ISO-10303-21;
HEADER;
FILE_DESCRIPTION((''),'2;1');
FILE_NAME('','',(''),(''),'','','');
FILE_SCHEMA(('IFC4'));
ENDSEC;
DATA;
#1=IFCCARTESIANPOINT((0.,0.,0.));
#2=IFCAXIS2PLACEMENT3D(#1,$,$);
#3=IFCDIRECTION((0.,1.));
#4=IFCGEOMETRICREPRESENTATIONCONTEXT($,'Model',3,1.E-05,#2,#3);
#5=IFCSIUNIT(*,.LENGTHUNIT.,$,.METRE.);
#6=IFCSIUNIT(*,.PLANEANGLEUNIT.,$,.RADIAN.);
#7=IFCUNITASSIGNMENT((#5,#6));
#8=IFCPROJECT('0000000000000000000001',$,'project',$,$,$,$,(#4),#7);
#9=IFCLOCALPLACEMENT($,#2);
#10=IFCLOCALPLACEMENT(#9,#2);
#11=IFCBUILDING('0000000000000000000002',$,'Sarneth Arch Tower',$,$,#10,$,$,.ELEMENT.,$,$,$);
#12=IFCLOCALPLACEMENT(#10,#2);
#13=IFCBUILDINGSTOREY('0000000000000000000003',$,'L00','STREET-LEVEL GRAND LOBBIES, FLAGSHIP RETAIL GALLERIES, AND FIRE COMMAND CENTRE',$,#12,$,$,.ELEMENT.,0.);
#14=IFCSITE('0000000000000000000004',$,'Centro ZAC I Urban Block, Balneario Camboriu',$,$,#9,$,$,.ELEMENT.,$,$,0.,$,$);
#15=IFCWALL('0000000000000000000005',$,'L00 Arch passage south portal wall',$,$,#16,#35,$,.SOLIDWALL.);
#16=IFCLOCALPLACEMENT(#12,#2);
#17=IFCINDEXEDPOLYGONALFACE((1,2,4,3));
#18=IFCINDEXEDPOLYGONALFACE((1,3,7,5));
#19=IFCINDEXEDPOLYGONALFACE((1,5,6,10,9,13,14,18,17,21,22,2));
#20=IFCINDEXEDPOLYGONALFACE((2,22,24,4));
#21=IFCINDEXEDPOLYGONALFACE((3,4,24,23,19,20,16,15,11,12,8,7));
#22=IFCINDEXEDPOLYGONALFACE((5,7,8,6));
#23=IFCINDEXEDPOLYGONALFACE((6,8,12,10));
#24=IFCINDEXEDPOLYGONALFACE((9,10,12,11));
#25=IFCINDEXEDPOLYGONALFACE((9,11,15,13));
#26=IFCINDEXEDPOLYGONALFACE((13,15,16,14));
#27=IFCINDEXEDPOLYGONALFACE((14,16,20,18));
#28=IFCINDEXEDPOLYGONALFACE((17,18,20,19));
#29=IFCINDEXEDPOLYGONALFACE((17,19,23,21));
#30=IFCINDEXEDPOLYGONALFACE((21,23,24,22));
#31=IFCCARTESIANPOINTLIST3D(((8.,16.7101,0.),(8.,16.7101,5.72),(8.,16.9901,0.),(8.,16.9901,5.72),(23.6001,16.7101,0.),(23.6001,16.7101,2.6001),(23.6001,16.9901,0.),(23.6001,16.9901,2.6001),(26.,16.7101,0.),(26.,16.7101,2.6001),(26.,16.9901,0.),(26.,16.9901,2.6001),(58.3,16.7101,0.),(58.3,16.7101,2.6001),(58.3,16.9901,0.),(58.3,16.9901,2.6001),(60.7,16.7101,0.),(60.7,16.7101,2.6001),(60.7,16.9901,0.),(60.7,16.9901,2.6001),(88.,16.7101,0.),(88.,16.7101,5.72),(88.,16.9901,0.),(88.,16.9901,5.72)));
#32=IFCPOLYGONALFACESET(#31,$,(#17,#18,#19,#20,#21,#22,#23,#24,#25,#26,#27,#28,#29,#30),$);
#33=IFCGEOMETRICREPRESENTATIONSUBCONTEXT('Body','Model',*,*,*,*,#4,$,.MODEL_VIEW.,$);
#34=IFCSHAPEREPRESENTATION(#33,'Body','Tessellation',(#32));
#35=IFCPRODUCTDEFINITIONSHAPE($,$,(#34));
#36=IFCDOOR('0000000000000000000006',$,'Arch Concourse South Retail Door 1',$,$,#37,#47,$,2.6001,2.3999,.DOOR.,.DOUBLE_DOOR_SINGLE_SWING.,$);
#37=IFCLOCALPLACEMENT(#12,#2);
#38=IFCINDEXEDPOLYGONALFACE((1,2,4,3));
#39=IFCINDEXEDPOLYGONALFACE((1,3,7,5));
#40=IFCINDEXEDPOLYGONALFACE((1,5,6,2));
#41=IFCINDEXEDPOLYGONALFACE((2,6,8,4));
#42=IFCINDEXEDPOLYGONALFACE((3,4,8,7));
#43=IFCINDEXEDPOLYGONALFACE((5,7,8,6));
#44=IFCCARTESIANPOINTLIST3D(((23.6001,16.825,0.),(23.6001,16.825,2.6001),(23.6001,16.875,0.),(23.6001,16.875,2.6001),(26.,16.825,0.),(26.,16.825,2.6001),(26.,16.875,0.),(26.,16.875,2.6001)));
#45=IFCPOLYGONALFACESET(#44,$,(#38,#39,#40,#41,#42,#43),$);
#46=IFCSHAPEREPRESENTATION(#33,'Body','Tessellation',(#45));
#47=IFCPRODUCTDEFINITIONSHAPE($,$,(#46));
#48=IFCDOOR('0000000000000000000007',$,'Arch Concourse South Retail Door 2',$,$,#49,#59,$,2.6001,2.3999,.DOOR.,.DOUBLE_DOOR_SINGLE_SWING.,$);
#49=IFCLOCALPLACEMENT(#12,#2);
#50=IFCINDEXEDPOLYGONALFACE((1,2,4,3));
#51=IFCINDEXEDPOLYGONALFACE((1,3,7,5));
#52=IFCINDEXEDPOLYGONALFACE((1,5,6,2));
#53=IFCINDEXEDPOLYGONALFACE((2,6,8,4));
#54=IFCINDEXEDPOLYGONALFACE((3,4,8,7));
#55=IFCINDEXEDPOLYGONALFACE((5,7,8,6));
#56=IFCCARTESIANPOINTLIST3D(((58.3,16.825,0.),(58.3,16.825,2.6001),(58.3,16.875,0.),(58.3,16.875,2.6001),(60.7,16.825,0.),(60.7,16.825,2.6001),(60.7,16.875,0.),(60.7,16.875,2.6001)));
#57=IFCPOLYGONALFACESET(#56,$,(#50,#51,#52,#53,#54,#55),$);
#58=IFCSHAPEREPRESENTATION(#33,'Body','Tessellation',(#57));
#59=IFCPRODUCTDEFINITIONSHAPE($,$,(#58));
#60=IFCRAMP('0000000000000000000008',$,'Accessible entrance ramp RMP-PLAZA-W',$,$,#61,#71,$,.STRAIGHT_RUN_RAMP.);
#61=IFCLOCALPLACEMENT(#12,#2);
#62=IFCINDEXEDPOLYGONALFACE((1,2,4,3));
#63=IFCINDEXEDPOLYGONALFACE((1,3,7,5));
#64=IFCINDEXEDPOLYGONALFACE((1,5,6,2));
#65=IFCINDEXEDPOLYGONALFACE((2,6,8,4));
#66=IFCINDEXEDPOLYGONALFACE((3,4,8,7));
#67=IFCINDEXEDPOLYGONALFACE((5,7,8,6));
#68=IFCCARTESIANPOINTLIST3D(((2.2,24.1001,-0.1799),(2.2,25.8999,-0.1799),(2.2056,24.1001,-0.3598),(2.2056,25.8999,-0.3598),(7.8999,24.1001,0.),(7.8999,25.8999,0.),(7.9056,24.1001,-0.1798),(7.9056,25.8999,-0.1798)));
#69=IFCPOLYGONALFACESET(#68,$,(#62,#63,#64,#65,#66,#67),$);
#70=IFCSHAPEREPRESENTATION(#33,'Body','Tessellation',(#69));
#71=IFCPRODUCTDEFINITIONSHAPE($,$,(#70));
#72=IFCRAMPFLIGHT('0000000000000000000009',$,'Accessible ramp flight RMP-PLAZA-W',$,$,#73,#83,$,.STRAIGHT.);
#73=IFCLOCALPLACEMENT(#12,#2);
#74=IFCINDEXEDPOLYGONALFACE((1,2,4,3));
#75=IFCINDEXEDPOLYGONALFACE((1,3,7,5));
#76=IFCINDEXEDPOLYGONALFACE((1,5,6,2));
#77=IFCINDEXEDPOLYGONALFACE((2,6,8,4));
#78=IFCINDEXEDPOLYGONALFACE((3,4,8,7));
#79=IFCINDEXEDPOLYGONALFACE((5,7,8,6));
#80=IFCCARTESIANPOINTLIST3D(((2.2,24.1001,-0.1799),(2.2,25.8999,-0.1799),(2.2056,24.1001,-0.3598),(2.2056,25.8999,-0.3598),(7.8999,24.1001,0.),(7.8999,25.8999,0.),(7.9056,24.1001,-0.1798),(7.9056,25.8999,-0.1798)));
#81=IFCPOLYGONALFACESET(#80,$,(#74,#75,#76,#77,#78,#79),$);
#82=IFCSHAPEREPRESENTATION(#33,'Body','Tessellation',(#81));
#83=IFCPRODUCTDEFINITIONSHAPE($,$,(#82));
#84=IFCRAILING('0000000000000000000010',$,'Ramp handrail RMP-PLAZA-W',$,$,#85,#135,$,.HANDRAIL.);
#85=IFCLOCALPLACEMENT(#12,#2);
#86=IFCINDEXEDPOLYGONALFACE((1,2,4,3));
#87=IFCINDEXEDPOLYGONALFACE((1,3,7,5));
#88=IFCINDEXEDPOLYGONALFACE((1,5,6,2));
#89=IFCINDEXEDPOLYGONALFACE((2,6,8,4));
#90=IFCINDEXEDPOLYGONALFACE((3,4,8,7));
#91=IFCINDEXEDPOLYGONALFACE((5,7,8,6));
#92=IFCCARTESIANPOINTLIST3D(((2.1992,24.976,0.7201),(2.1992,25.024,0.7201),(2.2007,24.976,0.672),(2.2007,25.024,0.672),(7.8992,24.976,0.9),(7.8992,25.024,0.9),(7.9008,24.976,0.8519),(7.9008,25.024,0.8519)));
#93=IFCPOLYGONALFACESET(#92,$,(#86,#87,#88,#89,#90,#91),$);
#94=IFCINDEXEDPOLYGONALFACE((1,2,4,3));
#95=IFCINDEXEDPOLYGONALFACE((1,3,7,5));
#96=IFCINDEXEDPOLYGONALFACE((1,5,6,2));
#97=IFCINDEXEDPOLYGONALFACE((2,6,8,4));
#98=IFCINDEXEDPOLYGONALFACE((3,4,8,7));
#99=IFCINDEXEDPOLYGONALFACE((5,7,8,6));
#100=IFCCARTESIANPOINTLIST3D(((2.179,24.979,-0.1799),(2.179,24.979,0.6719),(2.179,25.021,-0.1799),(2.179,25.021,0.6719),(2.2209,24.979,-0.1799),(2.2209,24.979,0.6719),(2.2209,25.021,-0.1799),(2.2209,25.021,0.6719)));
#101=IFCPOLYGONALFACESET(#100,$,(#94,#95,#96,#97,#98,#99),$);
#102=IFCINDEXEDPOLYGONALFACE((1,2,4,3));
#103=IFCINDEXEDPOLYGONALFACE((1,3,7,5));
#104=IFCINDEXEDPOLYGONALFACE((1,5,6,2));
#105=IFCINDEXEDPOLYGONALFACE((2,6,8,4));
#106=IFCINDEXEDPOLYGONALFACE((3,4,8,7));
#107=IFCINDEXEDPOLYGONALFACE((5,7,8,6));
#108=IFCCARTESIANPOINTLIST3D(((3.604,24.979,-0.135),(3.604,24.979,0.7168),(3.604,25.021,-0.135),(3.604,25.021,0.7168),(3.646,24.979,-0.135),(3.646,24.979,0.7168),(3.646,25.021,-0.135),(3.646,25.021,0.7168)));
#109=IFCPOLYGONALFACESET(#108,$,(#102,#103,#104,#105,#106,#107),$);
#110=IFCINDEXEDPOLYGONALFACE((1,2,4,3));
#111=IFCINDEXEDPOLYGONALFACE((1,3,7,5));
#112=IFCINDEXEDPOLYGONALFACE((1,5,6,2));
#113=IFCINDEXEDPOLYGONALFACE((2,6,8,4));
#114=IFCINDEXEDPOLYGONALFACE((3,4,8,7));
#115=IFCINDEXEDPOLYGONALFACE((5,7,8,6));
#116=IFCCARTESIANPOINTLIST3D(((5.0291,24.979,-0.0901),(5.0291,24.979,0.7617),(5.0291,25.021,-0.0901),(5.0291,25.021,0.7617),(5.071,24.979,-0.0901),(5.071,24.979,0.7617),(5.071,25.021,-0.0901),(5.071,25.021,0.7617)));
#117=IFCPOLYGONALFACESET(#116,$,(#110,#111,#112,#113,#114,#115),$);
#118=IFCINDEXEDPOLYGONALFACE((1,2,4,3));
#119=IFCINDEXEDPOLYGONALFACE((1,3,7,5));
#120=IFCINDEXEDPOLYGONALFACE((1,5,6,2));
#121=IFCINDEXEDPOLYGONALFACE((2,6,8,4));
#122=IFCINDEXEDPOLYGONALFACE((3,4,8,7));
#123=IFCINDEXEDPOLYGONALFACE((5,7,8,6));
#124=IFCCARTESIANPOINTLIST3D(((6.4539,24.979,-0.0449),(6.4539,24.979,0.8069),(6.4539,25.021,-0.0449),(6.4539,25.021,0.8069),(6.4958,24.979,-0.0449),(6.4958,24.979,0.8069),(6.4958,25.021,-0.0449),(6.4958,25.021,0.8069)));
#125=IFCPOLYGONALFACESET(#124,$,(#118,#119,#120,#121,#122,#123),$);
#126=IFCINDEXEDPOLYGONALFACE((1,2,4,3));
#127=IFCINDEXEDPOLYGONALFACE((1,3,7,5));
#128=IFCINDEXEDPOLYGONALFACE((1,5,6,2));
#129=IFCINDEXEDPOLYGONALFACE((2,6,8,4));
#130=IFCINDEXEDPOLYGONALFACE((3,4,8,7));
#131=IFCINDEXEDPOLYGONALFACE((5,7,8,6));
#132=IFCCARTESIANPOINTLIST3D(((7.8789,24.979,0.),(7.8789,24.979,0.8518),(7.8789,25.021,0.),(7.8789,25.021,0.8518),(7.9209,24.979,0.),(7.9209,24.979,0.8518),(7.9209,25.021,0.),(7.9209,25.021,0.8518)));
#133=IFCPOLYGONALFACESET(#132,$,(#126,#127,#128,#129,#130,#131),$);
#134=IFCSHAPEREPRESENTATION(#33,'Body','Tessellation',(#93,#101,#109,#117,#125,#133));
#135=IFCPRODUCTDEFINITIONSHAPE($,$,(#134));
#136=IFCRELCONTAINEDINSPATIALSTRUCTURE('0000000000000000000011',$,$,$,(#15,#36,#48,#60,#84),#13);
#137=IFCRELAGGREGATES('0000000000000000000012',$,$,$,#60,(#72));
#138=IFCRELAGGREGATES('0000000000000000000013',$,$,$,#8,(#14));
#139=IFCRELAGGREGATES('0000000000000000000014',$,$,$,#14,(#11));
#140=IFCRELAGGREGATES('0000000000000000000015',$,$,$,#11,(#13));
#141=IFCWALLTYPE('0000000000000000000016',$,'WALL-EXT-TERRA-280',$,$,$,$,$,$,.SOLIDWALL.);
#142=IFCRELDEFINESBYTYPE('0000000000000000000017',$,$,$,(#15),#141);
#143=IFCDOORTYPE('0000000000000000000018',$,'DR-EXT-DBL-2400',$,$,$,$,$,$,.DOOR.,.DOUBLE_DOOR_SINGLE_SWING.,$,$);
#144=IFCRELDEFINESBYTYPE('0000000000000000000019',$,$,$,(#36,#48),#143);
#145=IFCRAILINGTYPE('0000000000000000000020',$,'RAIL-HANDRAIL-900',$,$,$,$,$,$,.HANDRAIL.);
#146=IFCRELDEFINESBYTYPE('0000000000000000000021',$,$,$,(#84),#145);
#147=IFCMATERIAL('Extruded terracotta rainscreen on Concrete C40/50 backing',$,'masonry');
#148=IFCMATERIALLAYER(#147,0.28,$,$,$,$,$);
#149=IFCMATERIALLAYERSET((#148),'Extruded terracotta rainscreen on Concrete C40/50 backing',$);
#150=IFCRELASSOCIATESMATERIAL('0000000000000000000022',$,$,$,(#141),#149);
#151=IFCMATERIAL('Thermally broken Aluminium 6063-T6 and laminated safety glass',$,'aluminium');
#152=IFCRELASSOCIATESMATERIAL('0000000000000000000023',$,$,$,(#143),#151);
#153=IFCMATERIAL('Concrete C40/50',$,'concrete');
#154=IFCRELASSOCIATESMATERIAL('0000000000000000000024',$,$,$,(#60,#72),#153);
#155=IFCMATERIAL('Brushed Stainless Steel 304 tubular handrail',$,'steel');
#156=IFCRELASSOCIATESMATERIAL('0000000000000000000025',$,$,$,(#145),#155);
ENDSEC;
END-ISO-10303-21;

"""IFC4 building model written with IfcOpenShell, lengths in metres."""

from ifc_helpers import new_model, si_unit, direction, frame, frame_2d, origin, origin_2d, place, context, subcontext, project, spatial, polyline, rectangle, outline, extrude, material, layer, layer_set, type_object, element, fill, aggregate, save


model = new_model("IFC4")

# Units and contexts
model_context = context("Model", 3, precision=1e-05, world=origin(), true_north=direction((0.0, 1.0)))
body_context = subcontext(model_context, "Body", "Model", "MODEL_VIEW")
ifc_project = project(units=[si_unit("LENGTHUNIT", "METRE"), si_unit("PLANEANGLEUNIT", "RADIAN")], contexts=[model_context])

# Site, building, storey
site_placement = place(None, origin())
site = spatial("IfcSite", under=ifc_project, at=site_placement, Name="Centro ZAC I Urban Block, Balneario Camboriu", CompositionType="ELEMENT", RefElevation=0.0)
building_placement = place(site_placement, origin())
building = spatial("IfcBuilding", under=site, at=building_placement, Name="Sarneth Arch Tower", CompositionType="ELEMENT")
storey_placement = place(building_placement, origin())
storey = spatial("IfcBuildingStorey", under=building, at=storey_placement, Name="L00", Description="STREET-LEVEL GRAND LOBBIES, FLAGSHIP RETAIL GALLERIES, AND FIRE COMMAND CENTRE", CompositionType="ELEMENT", Elevation=0.0)

# Shared definitions
ifc_material_1 = material(Name="Extruded terracotta rainscreen on Concrete C40/50 backing", Category="masonry")
ifc_layer = layer(ifc_material_1, 0.28)
ifc_layer_set = layer_set([ifc_layer], Name="Extruded terracotta rainscreen on Concrete C40/50 backing")
wall_type = type_object("IfcWallType", Name="WALL-EXT-TERRA-280", PredefinedType="SOLIDWALL", material=ifc_layer_set)
ifc_material_2 = material(Name="Thermally broken Aluminium 6063-T6 and laminated safety glass", Category="aluminium")
door_type = type_object("IfcDoorType", Name="DR-EXT-DBL-2400", OperationType="DOUBLE_DOOR_SINGLE_SWING", PredefinedType="DOOR", material=ifc_material_2)

# Wall, openings, doors
wall_1_placement = place(storey_placement, frame((8.0, 16.8501, 0.0), z_axis=(0.0, 0.0, 1.0), x_axis=(1.0, 0.0, 0.0)))
wall_1 = element("IfcWall", 1, at=wall_1_placement, inside=storey, type_object=wall_type, Name="L00 Arch passage south portal wall", PredefinedType="SOLIDWALL", context=body_context, shape_type="SweptSolid", body=[
    extrude(rectangle(XDim=80.0, YDim=0.28, at=frame_2d((40.0, 0.0))), origin(), (0.0, 0.0, 1.0), 5.72),
])
opening_1_placement = place(wall_1_placement, frame((15.6001, 0.0, 0.0)))
opening_1 = element("IfcOpeningElement", 2, at=opening_1_placement, cuts=wall_1, PredefinedType="OPENING", context=body_context, shape_type="SweptSolid", body=[
    extrude(rectangle(XDim=2.3999, YDim=2.6001, at=frame_2d((1.2, 1.3))), frame((0.0, 0.1499, 0.0), z_axis=(0.0, -1.0, 0.0), x_axis=(1.0, 0.0, 0.0)), (0.0, 0.0, 1.0), 0.3),
])
opening_2_placement = place(wall_1_placement, frame((50.3, 0.0, 0.0)))
opening_2 = element("IfcOpeningElement", 3, at=opening_2_placement, cuts=wall_1, PredefinedType="OPENING", context=body_context, shape_type="SweptSolid", body=[
    extrude(rectangle(XDim=2.3999, YDim=2.6001, at=frame_2d((1.2, 1.3))), frame((0.0, 0.1499, 0.0), z_axis=(0.0, -1.0, 0.0), x_axis=(1.0, 0.0, 0.0)), (0.0, 0.0, 1.0), 0.3),
])
door_1_placement = place(opening_1_placement, origin())
door_1 = element("IfcDoor", 4, at=door_1_placement, inside=storey, type_object=door_type, Name="Arch Concourse South Retail Door 1", OperationType="DOUBLE_DOOR_SINGLE_SWING", OverallHeight=2.6001, OverallWidth=2.3999, PredefinedType="DOOR", context=body_context, shape_type="SweptSolid", body=[
    extrude(rectangle(XDim=2.3999, YDim=2.6001, at=frame_2d((1.2, 1.3))), frame((0.0, 0.0249, 0.0), z_axis=(0.0, -1.0, 0.0), x_axis=(1.0, 0.0, 0.0)), (0.0, 0.0, 1.0), 0.05),
])
fill(opening_1, door_1)
door_2_placement = place(opening_2_placement, origin())
door_2 = element("IfcDoor", 5, at=door_2_placement, inside=storey, type_object=door_type, Name="Arch Concourse South Retail Door 2", OperationType="DOUBLE_DOOR_SINGLE_SWING", OverallHeight=2.6001, OverallWidth=2.3999, PredefinedType="DOOR", context=body_context, shape_type="SweptSolid", body=[
    extrude(rectangle(XDim=2.3999, YDim=2.6001, at=frame_2d((1.2, 1.3))), frame((0.0, 0.0249, 0.0), z_axis=(0.0, -1.0, 0.0), x_axis=(1.0, 0.0, 0.0)), (0.0, 0.0, 1.0), 0.05),
])
fill(opening_2, door_2)

# Ramp, ramp flight
ifc_material_3 = material(Name="Concrete C40/50", Category="concrete")
ramp_placement = place(storey_placement, frame((2.2, 24.1001, -0.1799), z_axis=(-0.031552, 0.0, 0.999502), x_axis=(0.999502, 0.0, 0.031552)))
ramp = element("IfcRamp", 6, at=ramp_placement, inside=storey, material=ifc_material_3, Name="Accessible entrance ramp RMP-PLAZA-W", PredefinedType="STRAIGHT_RUN_RAMP", context=body_context, shape_type="SweptSolid", body=[
    extrude(outline(polyline([(0.0, 0.0), (5.7028, 0.0), (5.7028, 1.7998), (0.0, 1.7998), (0.0, 0.0)])), origin(), (0.0, 0.0, -1.0), 0.1799),
])
ramp_flight_placement = place(storey_placement, frame((2.2, 24.1001, -0.1799), z_axis=(-0.031552, 0.0, 0.999502), x_axis=(0.999502, 0.0, 0.031552)))
ramp_flight = element("IfcRampFlight", 7, at=ramp_flight_placement, material=ifc_material_3, Name="Accessible ramp flight RMP-PLAZA-W", PredefinedType="STRAIGHT", context=body_context, shape_type="SweptSolid", body=[
    extrude(outline(polyline([(0.0, 0.0), (5.7028, 0.0), (5.7028, 1.7998), (0.0, 1.7998), (0.0, 0.0)])), origin(), (0.0, 0.0, -1.0), 0.1799),
])
aggregate(ramp, [ramp_flight])

# Railing
ifc_material_4 = material(Name="Brushed Stainless Steel 304 tubular handrail", Category="steel")
railing_type = type_object("IfcRailingType", Name="RAIL-HANDRAIL-900", PredefinedType="HANDRAIL", material=ifc_material_4)
railing_placement = place(storey_placement, frame((2.2, 25.0, -0.1799)))
element("IfcRailing", 8, at=railing_placement, inside=storey, type_object=railing_type, Name="Ramp handrail RMP-PLAZA-W", PredefinedType="HANDRAIL", context=body_context, shape_type="SweptSolid", body=[
    extrude(rectangle(XDim=0.0481, YDim=0.0481, at=origin_2d()), frame((0.0, 0.0, 0.876), z_axis=(0.999502, 0.0, 0.031552), x_axis=(0.0, 1.0, 0.0)), (0.0, 0.0, 1.0), 5.7029),
    extrude(rectangle(XDim=0.042, YDim=0.042, at=origin_2d()), origin(), (0.0, 0.0, 1.0), 0.8518),
    extrude(rectangle(XDim=0.042, YDim=0.042, at=origin_2d()), frame((1.425, 0.0, 0.0449)), (0.0, 0.0, 1.0), 0.8518),
    extrude(rectangle(XDim=0.042, YDim=0.042, at=origin_2d()), frame((2.8501, 0.0, 0.0898)), (0.0, 0.0, 1.0), 0.8518),
    extrude(rectangle(XDim=0.042, YDim=0.042, at=origin_2d()), frame((4.2749, 0.0, 0.135)), (0.0, 0.0, 1.0), 0.8518),
    extrude(rectangle(XDim=0.042, YDim=0.042, at=origin_2d()), frame((5.7, 0.0, 0.1799)), (0.0, 0.0, 1.0), 0.8518),
])

save(model, "model.ifc")
